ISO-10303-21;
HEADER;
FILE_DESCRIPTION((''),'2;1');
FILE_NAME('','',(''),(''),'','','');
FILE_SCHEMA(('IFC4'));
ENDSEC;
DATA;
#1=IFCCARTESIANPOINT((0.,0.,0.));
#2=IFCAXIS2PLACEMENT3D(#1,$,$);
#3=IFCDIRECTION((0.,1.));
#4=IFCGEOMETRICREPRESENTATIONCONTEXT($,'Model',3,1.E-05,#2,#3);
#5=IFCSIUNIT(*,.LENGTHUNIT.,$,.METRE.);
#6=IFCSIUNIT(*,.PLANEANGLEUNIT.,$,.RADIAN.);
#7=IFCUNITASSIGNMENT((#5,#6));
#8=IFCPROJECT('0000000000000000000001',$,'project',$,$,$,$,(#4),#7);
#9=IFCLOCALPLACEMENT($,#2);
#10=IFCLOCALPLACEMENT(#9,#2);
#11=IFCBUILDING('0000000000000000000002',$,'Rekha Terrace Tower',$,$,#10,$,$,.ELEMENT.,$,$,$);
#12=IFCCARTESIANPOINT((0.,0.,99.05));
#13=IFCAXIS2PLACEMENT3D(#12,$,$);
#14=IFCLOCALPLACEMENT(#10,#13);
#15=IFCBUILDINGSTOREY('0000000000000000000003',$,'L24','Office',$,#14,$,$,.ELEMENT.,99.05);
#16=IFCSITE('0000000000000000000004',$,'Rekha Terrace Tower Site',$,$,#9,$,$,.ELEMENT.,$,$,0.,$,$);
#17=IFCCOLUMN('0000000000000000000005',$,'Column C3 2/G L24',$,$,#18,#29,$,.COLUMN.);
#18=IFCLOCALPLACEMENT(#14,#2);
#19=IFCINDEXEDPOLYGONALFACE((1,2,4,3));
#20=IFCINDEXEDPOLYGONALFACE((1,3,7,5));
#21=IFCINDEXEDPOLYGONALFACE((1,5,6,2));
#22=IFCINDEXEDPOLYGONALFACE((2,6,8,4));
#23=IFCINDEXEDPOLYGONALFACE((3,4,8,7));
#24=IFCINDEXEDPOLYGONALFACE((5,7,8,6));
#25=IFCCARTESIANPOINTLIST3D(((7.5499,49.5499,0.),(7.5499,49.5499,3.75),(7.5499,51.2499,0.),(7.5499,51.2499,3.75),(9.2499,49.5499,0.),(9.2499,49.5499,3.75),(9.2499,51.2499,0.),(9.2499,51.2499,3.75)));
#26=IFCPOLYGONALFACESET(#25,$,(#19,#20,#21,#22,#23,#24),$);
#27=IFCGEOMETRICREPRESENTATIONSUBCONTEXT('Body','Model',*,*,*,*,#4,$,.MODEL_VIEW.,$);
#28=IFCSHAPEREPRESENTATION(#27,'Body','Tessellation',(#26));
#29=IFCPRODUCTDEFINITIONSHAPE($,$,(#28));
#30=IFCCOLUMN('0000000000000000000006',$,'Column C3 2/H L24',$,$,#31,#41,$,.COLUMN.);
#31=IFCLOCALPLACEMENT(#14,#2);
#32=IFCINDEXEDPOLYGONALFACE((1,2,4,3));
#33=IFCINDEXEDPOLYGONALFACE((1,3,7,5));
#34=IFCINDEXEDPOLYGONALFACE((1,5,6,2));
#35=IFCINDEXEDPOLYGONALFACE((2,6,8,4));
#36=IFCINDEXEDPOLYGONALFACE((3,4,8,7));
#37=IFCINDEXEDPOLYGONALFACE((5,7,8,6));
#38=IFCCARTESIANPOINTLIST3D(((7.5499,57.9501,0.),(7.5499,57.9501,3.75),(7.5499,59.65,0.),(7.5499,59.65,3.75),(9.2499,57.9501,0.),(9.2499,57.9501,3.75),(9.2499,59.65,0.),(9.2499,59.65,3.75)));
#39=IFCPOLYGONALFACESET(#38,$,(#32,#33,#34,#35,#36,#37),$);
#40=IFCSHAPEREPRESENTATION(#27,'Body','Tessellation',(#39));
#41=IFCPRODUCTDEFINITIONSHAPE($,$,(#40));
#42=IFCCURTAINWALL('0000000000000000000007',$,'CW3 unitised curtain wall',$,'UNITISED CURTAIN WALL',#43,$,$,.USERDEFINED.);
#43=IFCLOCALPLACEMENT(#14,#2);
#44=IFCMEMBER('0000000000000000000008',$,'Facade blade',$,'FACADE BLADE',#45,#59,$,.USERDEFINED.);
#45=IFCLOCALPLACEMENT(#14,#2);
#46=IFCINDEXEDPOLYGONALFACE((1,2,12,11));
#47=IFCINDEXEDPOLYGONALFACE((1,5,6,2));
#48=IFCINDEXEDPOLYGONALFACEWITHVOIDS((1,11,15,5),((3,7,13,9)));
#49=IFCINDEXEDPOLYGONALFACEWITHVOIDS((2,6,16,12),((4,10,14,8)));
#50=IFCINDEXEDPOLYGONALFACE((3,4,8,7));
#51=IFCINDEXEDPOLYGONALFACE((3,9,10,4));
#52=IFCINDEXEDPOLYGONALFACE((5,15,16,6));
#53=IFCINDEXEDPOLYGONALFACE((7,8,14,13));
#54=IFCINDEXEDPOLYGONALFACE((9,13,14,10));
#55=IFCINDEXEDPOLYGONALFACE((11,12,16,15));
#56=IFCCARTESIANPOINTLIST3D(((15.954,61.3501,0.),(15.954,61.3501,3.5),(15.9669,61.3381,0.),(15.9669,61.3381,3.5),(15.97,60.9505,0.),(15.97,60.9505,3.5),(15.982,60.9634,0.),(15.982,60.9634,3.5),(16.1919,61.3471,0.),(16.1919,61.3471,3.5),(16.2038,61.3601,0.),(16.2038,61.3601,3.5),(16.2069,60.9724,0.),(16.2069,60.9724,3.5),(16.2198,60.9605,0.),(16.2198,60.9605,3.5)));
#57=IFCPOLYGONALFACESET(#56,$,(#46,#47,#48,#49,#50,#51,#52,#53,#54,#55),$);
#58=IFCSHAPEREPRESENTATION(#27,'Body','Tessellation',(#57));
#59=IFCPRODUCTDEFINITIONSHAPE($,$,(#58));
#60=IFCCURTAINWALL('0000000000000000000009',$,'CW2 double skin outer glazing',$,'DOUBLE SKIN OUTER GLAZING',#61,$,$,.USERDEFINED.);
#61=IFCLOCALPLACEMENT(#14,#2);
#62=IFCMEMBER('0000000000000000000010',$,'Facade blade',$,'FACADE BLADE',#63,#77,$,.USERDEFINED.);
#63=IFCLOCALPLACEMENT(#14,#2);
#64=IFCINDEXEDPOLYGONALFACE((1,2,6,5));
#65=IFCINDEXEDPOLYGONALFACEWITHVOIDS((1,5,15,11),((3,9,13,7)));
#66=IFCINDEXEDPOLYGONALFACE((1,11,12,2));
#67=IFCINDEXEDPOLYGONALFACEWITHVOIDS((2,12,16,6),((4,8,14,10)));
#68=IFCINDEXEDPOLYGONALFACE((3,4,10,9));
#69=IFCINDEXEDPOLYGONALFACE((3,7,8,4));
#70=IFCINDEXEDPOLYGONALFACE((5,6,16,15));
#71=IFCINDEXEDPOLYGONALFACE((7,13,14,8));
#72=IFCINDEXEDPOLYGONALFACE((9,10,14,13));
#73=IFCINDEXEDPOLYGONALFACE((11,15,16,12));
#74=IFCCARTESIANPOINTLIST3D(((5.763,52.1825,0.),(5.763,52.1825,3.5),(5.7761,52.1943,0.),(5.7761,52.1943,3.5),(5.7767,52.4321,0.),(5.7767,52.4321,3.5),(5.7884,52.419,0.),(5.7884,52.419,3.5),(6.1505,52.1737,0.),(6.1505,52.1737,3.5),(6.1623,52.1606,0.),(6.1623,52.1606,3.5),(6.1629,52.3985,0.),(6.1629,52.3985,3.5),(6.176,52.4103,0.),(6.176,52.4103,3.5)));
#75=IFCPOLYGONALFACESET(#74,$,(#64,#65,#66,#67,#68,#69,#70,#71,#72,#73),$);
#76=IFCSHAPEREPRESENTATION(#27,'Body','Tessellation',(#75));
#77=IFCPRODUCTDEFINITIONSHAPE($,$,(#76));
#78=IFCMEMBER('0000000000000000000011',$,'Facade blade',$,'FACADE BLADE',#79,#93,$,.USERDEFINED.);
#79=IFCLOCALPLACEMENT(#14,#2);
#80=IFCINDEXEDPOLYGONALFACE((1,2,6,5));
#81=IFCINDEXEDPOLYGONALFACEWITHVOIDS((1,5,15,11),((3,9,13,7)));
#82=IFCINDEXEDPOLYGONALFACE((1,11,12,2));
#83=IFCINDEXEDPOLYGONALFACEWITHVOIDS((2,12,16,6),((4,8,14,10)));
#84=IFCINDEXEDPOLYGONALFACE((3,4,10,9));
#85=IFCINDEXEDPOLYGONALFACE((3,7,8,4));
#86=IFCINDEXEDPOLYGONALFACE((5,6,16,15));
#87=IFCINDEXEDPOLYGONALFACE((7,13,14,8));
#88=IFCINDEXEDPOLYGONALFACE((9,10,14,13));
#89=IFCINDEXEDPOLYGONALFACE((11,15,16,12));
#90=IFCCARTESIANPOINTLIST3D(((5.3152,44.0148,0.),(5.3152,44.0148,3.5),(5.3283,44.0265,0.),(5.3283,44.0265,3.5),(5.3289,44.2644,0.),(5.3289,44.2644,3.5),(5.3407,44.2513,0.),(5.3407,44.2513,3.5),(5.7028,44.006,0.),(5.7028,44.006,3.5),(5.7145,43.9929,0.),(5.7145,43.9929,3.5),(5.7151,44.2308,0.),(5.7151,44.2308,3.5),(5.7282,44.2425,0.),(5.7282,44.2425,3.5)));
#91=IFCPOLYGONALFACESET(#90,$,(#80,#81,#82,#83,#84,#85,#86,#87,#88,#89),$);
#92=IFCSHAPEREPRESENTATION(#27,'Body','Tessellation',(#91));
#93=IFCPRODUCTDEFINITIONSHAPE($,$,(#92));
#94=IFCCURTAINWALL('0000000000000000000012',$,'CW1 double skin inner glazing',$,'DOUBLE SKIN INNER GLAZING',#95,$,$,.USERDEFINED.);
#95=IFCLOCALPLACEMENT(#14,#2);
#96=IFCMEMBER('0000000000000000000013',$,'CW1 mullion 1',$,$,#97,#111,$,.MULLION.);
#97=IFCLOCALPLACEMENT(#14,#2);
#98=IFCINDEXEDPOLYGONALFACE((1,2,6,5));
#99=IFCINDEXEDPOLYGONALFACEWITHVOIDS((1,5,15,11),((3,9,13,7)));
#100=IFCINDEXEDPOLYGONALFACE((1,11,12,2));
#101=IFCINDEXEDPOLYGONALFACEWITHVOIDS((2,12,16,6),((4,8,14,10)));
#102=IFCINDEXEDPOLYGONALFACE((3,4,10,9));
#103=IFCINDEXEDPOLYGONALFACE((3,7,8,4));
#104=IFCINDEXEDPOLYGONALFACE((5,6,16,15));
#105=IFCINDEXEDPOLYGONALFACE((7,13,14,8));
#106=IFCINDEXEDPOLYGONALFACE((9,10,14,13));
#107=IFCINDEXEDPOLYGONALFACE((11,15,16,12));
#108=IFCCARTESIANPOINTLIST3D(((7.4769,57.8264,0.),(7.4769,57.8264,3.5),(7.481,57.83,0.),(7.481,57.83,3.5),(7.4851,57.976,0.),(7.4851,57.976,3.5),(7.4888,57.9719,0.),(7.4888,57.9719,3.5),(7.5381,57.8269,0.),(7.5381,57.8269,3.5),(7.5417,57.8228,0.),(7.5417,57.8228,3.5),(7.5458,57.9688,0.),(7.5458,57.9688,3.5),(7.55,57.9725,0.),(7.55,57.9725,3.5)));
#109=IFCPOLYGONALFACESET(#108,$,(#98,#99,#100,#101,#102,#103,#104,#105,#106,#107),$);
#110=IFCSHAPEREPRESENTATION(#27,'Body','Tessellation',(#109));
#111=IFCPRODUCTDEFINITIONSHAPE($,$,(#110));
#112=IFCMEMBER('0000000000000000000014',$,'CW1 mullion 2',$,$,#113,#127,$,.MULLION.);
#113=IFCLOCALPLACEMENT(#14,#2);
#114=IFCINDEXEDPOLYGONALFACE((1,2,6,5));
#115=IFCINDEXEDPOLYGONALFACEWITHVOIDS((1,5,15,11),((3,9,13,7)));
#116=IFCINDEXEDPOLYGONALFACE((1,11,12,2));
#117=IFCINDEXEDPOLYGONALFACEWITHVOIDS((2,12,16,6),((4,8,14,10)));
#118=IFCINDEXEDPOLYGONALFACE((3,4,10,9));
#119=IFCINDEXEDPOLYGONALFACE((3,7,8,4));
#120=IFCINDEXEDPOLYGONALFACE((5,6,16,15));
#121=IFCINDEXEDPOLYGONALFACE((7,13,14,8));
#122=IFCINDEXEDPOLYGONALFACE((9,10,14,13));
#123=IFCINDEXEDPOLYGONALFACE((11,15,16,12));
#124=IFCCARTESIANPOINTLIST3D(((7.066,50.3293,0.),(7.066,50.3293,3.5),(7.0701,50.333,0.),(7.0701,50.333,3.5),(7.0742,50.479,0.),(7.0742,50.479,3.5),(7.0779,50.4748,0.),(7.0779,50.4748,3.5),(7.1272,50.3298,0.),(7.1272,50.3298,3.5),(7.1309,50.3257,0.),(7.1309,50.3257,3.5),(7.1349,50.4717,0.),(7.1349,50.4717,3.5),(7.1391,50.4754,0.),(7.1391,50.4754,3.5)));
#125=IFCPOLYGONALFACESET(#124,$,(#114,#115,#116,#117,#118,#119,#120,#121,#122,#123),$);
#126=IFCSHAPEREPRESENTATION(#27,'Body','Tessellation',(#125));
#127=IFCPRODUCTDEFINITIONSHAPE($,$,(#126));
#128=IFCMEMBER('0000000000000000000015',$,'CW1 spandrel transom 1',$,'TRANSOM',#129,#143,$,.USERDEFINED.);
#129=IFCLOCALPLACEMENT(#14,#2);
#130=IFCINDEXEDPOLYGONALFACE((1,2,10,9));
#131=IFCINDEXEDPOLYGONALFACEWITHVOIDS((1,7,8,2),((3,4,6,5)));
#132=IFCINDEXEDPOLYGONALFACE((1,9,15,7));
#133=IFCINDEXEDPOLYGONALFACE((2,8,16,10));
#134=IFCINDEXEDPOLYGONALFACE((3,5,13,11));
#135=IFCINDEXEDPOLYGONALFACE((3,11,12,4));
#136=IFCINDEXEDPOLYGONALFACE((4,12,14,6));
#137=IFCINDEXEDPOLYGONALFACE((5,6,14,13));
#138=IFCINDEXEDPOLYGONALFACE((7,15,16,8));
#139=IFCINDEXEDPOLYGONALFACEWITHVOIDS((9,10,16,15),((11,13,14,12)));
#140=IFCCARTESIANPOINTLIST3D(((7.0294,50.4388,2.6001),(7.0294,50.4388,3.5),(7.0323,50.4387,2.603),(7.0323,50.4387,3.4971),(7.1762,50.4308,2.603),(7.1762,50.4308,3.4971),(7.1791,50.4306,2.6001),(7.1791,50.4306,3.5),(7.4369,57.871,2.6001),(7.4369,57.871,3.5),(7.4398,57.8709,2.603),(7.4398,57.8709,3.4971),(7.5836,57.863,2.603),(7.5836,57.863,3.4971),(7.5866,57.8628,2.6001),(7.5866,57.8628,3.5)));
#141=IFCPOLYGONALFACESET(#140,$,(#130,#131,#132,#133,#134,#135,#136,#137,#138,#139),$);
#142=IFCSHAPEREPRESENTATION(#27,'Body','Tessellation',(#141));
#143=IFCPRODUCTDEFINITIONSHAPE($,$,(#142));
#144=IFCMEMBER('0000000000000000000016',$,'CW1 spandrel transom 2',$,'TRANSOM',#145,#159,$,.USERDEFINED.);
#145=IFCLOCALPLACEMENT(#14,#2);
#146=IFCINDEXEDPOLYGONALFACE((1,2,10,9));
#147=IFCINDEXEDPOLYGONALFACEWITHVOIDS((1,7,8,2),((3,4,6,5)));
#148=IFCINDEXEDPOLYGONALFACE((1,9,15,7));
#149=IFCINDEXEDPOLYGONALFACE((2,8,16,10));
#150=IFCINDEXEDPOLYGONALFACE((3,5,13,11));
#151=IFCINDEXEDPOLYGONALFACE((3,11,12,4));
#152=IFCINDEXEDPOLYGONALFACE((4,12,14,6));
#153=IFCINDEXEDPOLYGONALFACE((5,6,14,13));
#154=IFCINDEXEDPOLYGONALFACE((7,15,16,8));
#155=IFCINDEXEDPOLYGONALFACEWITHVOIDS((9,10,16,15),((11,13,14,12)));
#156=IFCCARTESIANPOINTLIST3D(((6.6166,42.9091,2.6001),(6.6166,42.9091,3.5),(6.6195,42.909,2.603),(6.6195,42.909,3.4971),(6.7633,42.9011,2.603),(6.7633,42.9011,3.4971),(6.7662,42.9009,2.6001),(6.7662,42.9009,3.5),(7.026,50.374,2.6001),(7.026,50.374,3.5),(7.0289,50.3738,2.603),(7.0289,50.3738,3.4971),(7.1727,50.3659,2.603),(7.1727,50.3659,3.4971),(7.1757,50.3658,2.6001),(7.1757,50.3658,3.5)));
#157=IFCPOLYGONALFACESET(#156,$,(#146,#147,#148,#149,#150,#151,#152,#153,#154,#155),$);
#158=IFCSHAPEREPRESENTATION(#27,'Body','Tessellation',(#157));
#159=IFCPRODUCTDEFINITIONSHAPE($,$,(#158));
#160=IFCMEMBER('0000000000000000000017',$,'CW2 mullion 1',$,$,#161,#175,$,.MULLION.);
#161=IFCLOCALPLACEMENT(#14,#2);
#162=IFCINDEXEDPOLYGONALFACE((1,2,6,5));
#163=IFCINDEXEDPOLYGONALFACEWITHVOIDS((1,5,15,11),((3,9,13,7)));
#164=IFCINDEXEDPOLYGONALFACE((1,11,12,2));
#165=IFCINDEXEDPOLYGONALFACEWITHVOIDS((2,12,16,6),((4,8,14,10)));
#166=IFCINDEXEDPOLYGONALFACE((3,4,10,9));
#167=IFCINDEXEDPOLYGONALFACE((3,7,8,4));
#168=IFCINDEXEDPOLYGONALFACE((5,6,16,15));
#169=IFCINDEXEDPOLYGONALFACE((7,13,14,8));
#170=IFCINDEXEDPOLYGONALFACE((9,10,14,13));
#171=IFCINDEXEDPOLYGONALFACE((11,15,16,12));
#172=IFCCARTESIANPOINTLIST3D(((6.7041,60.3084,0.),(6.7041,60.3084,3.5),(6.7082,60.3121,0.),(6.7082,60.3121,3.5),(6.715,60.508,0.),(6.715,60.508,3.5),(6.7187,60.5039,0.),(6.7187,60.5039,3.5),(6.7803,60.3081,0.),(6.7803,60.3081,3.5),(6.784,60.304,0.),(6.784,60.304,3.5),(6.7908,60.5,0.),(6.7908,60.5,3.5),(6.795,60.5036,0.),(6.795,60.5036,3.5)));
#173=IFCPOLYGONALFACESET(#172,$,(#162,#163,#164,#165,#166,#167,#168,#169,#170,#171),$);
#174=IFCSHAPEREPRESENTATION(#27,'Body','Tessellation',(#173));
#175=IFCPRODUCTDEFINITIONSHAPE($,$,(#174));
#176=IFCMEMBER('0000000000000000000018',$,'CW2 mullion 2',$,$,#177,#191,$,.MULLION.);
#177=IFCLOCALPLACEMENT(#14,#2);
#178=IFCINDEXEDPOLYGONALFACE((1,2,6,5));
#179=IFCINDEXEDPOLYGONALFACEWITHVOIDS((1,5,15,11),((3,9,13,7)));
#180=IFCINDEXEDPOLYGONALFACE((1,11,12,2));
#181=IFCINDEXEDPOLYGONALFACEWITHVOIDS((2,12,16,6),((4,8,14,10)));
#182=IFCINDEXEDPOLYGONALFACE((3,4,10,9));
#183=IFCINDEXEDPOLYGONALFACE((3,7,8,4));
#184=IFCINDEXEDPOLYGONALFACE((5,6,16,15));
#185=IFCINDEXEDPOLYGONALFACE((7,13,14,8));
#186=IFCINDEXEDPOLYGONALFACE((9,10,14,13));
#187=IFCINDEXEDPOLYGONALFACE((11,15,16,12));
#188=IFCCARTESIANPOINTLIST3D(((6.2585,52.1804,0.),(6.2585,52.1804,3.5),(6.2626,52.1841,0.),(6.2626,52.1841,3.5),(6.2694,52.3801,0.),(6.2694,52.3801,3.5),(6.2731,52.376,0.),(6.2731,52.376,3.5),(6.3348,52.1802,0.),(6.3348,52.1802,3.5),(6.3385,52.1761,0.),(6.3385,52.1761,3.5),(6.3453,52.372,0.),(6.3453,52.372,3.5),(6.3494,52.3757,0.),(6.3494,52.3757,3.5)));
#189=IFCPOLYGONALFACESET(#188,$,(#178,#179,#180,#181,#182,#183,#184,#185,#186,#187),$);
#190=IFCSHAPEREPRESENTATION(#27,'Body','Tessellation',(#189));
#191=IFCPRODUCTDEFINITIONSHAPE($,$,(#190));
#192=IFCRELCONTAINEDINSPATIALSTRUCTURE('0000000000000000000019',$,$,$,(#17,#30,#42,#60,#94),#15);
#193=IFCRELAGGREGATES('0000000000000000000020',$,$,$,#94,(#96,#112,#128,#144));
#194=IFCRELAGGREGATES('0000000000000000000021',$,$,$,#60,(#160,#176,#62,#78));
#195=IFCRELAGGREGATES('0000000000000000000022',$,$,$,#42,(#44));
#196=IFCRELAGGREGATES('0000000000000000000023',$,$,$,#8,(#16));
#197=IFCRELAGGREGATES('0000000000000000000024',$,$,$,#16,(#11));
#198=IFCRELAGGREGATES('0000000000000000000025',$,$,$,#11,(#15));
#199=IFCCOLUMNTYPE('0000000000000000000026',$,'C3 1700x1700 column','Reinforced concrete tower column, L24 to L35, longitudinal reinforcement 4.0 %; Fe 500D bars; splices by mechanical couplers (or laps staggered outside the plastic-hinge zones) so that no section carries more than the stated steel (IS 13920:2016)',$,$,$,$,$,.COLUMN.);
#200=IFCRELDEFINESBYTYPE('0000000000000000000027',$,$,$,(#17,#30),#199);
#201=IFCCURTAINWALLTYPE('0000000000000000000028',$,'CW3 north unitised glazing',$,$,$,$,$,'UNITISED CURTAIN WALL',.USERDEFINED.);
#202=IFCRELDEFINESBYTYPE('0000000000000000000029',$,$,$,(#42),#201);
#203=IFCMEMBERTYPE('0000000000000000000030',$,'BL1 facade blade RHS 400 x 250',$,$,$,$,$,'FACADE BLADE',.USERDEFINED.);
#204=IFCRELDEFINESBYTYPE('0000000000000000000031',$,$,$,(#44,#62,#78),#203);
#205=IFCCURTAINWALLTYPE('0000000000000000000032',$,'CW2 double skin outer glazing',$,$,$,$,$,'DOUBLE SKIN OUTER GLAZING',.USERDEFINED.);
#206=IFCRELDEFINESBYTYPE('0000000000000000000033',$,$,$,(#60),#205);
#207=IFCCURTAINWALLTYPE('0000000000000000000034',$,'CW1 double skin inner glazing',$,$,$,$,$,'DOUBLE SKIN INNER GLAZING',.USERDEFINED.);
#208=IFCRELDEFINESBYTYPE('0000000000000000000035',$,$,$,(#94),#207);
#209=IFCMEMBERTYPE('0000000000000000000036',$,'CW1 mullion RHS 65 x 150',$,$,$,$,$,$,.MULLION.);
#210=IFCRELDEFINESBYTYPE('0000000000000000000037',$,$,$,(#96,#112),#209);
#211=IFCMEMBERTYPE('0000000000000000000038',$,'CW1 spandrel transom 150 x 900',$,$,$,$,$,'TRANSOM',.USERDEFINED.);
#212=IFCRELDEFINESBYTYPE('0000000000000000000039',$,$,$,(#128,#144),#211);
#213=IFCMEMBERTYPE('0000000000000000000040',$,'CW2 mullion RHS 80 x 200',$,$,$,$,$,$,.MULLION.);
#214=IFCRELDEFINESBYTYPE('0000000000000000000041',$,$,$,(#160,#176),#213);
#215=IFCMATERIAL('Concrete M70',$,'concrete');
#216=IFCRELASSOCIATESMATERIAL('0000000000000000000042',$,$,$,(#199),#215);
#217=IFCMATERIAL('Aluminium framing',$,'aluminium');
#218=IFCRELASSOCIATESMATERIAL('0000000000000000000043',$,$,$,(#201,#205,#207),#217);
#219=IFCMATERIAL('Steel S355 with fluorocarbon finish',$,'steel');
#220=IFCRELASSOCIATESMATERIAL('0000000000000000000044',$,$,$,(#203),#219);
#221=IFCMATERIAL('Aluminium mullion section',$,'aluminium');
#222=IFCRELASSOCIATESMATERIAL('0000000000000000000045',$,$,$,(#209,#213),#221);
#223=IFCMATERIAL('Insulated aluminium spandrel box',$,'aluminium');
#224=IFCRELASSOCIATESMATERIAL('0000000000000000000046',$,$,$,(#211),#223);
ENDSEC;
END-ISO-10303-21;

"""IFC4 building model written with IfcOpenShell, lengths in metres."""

from ifc_helpers import new_model, si_unit, direction, frame, origin, origin_2d, place, context, subcontext, project, spatial, rectangle, hollow_rectangle, extrude, material, material_profile, profile_set, type_object, element, aggregate, save


model = new_model("IFC4")

# Units and contexts
model_context = context("Model", 3, precision=1e-05, world=origin(), true_north=direction((0.0, 1.0)))
body_context = subcontext(model_context, "Body", "Model", "MODEL_VIEW")
ifc_project = project(units=[si_unit("LENGTHUNIT", "METRE"), si_unit("PLANEANGLEUNIT", "RADIAN")], contexts=[model_context])

# Site, building, storey
site_placement = place(None, origin())
site = spatial("IfcSite", under=ifc_project, at=site_placement, Name="Rekha Terrace Tower Site", CompositionType="ELEMENT", RefElevation=0.0)
building_placement = place(site_placement, origin())
building = spatial("IfcBuilding", under=site, at=building_placement, Name="Rekha Terrace Tower", CompositionType="ELEMENT")
storey_placement = place(building_placement, frame((0.0, 0.0, 99.05)))
storey = spatial("IfcBuildingStorey", under=building, at=storey_placement, Name="L24", Description="Office", CompositionType="ELEMENT", Elevation=99.05)

# Columns
ifc_material_1 = material(Name="Concrete M70", Category="concrete")
ifc_material_profile_1 = material_profile(ifc_material_1, rectangle(XDim=1.7, YDim=1.7, at=origin_2d()), Name="RC 1700x1700")
ifc_profile_set_1 = profile_set([ifc_material_profile_1], Name="Concrete M70")
column_type = type_object("IfcColumnType", Name="C3 1700x1700 column", Description="Reinforced concrete tower column, L24 to L35, longitudinal reinforcement 4.0 %; Fe 500D bars; splices by mechanical couplers (or laps staggered outside the plastic-hinge zones) so that no section carries more than the stated steel (IS 13920:2016)", PredefinedType="COLUMN", material=ifc_profile_set_1)
for number, where, z_axis, x_axis, name in (
    (1, (8.3999, 50.3999, 0.0), (0.0, 0.0, 1.0), (1.0, 0.0, 0.0), "Column C3 2/G L24"),
    (2, (8.3999, 58.8, 0.0), (0.0, 0.0, 1.0), (1.0, 0.0, 0.0), "Column C3 2/H L24"),
):
    element("IfcColumn", number, at=place(storey_placement, frame(where, z_axis=z_axis, x_axis=x_axis)), inside=storey, type_object=column_type, Name=name, PredefinedType="COLUMN", context=body_context, shape_type="SweptSolid", body=[
        extrude(rectangle(XDim=1.7, YDim=1.7, at=origin_2d()), origin(), (0.0, 0.0, 1.0), 3.75),
    ])

# Curtain wall, member
ifc_material_2 = material(Name="Aluminium framing", Category="aluminium")
curtain_wall_type_1 = type_object("IfcCurtainWallType", Name="CW3 north unitised glazing", ElementType="UNITISED CURTAIN WALL", PredefinedType="USERDEFINED", material=ifc_material_2)
curtain_wall_1_placement = place(storey_placement, origin())
curtain_wall_1 = element("IfcCurtainWall", 3, at=curtain_wall_1_placement, inside=storey, type_object=curtain_wall_type_1, Name="CW3 unitised curtain wall", ObjectType="UNITISED CURTAIN WALL", PredefinedType="USERDEFINED")
ifc_material_3 = material(Name="Steel S355 with fluorocarbon finish", Category="steel")
ifc_material_profile_2 = material_profile(ifc_material_3, hollow_rectangle(XDim=0.25, YDim=0.3999, WallThickness=0.0125, at=origin_2d()), Name="RHS400x250x12.5")
ifc_profile_set_2 = profile_set([ifc_material_profile_2], Name="Steel S355 with fluorocarbon finish")
member_type_1 = type_object("IfcMemberType", Name="BL1 facade blade RHS 400 x 250", ElementType="FACADE BLADE", PredefinedType="USERDEFINED", material=ifc_profile_set_2)
member_1_placement = place(storey_placement, frame((16.0869, 61.1553, 0.0), z_axis=(0.0, 0.0, 1.0), x_axis=(-0.999198, -0.040032, 0.0)))
member_1 = element("IfcMember", 4, at=member_1_placement, type_object=member_type_1, Name="Facade blade", ObjectType="FACADE BLADE", PredefinedType="USERDEFINED", context=body_context, shape_type="SweptSolid", body=[
    extrude(hollow_rectangle(XDim=0.25, YDim=0.3999, WallThickness=0.0125, at=origin_2d()), origin(), (0.0, 0.0, 1.0), 3.5),
])

# Curtain walls, members
curtain_wall_type_2 = type_object("IfcCurtainWallType", Name="CW2 double skin outer glazing", ElementType="DOUBLE SKIN OUTER GLAZING", PredefinedType="USERDEFINED", material=ifc_material_2)
curtain_wall_2_placement = place(storey_placement, origin())
curtain_wall_2 = element("IfcCurtainWall", 5, at=curtain_wall_2_placement, inside=storey, type_object=curtain_wall_type_2, Name="CW2 double skin outer glazing", ObjectType="DOUBLE SKIN OUTER GLAZING", PredefinedType="USERDEFINED")
member_2_placement = place(storey_placement, frame((5.9695, 52.2964, 0.0), z_axis=(0.0, 0.0, 1.0), x_axis=(-0.054743, -0.9985, 0.0)))
member_2 = element("IfcMember", 6, at=member_2_placement, type_object=member_type_1, Name="Facade blade", ObjectType="FACADE BLADE", PredefinedType="USERDEFINED", context=body_context, shape_type="SweptSolid", body=[
    extrude(hollow_rectangle(XDim=0.25, YDim=0.3999, WallThickness=0.0125, at=origin_2d()), origin(), (0.0, 0.0, 1.0), 3.5),
])
member_3_placement = place(storey_placement, frame((5.5217, 44.1287, 0.0), z_axis=(0.0, 0.0, 1.0), x_axis=(-0.054743, -0.9985, 0.0)))
member_3 = element("IfcMember", 7, at=member_3_placement, type_object=member_type_1, Name="Facade blade", ObjectType="FACADE BLADE", PredefinedType="USERDEFINED", context=body_context, shape_type="SweptSolid", body=[
    extrude(hollow_rectangle(XDim=0.25, YDim=0.3999, WallThickness=0.0125, at=origin_2d()), origin(), (0.0, 0.0, 1.0), 3.5),
])
curtain_wall_type_3 = type_object("IfcCurtainWallType", Name="CW1 double skin inner glazing", ElementType="DOUBLE SKIN INNER GLAZING", PredefinedType="USERDEFINED", material=ifc_material_2)
curtain_wall_3_placement = place(storey_placement, origin())
curtain_wall_3 = element("IfcCurtainWall", 8, at=curtain_wall_3_placement, inside=storey, type_object=curtain_wall_type_3, Name="CW1 double skin inner glazing", ObjectType="DOUBLE SKIN INNER GLAZING", PredefinedType="USERDEFINED")
ifc_material_4 = material(Name="Aluminium mullion section", Category="aluminium")
ifc_material_profile_3 = material_profile(ifc_material_4, hollow_rectangle(XDim=0.0649, YDim=0.1499, WallThickness=0.0039, at=origin_2d()), Name="AL RHS 65x150")
ifc_profile_set_3 = profile_set([ifc_material_profile_3], Name="Aluminium mullion section")
member_type_2 = type_object("IfcMemberType", Name="CW1 mullion RHS 65 x 150", PredefinedType="MULLION", material=ifc_profile_set_3)
member_4_placement = place(storey_placement, frame((7.5134, 57.8994, 0.0), z_axis=(0.0, 0.0, 1.0), x_axis=(0.998501, -0.054742, 0.0)))
member_4 = element("IfcMember", 9, at=member_4_placement, type_object=member_type_2, Name="CW1 mullion 1", PredefinedType="MULLION", context=body_context, shape_type="SweptSolid", body=[
    extrude(hollow_rectangle(XDim=0.0649, YDim=0.1499, WallThickness=0.0039, at=origin_2d()), origin(), (0.0, 0.0, 1.0), 3.5),
])
member_5_placement = place(storey_placement, frame((7.1025, 50.4023, 0.0), z_axis=(0.0, 0.0, 1.0), x_axis=(0.998501, -0.054742, 0.0)))
member_5 = element("IfcMember", 10, at=member_5_placement, type_object=member_type_2, Name="CW1 mullion 2", PredefinedType="MULLION", context=body_context, shape_type="SweptSolid", body=[
    extrude(hollow_rectangle(XDim=0.0649, YDim=0.1499, WallThickness=0.0039, at=origin_2d()), origin(), (0.0, 0.0, 1.0), 3.5),
])
ifc_material_5 = material(Name="Insulated aluminium spandrel box", Category="aluminium")
ifc_material_profile_4 = material_profile(ifc_material_5, hollow_rectangle(XDim=0.1499, YDim=0.8999, WallThickness=0.0029, at=origin_2d()), Name="AL SPANDREL BOX 150x900")
ifc_profile_set_4 = profile_set([ifc_material_profile_4], Name="Insulated aluminium spandrel box")
member_type_3 = type_object("IfcMemberType", Name="CW1 spandrel transom 150 x 900", ElementType="TRANSOM", PredefinedType="USERDEFINED", material=ifc_profile_set_4)
member_6_placement = place(storey_placement, frame((7.5117, 57.8669, 3.05), z_axis=(-0.054743, -0.9985, 0.0), x_axis=(0.9985, -0.054743, 0.0)))
member_6 = element("IfcMember", 11, at=member_6_placement, type_object=member_type_3, Name="CW1 spandrel transom 1", ObjectType="TRANSOM", PredefinedType="USERDEFINED", context=body_context, shape_type="SweptSolid", body=[
    extrude(hollow_rectangle(XDim=0.1499, YDim=0.8999, WallThickness=0.0029, at=origin_2d()), origin(), (0.0, 0.0, 1.0), 7.4434),
])
member_7_placement = place(storey_placement, frame((7.1008, 50.3699, 3.05), z_axis=(-0.054765, -0.998499, 0.0), x_axis=(0.998499, -0.054765, 0.0)))
member_7 = element("IfcMember", 12, at=member_7_placement, type_object=member_type_3, Name="CW1 spandrel transom 2", ObjectType="TRANSOM", PredefinedType="USERDEFINED", context=body_context, shape_type="SweptSolid", body=[
    extrude(hollow_rectangle(XDim=0.1499, YDim=0.8999, WallThickness=0.0029, at=origin_2d()), origin(), (0.0, 0.0, 1.0), 7.4761),
])

# Members
ifc_material_profile_5 = material_profile(ifc_material_4, hollow_rectangle(XDim=0.0801, YDim=0.2, WallThickness=0.0039, at=origin_2d()), Name="AL RHS 80x200")
ifc_profile_set_5 = profile_set([ifc_material_profile_5], Name="Aluminium mullion section")
member_type_4 = type_object("IfcMemberType", Name="CW2 mullion RHS 80 x 200", PredefinedType="MULLION", material=ifc_profile_set_5)
member_8_placement = place(storey_placement, frame((6.7495, 60.406, 0.0), z_axis=(0.0, 0.0, 1.0), x_axis=(0.998501, -0.054742, 0.0)))
member_8 = element("IfcMember", 13, at=member_8_placement, type_object=member_type_4, Name="CW2 mullion 1", PredefinedType="MULLION", context=body_context, shape_type="SweptSolid", body=[
    extrude(hollow_rectangle(XDim=0.0801, YDim=0.2, WallThickness=0.0039, at=origin_2d()), origin(), (0.0, 0.0, 1.0), 3.5),
])
member_9_placement = place(storey_placement, frame((6.304, 52.2781, 0.0), z_axis=(0.0, 0.0, 1.0), x_axis=(0.998501, -0.054742, 0.0)))
member_9 = element("IfcMember", 14, at=member_9_placement, type_object=member_type_4, Name="CW2 mullion 2", PredefinedType="MULLION", context=body_context, shape_type="SweptSolid", body=[
    extrude(hollow_rectangle(XDim=0.0801, YDim=0.2, WallThickness=0.0039, at=origin_2d()), origin(), (0.0, 0.0, 1.0), 3.5),
])

aggregate(curtain_wall_3, [member_4, member_5, member_6, member_7])
aggregate(curtain_wall_2, [member_8, member_9, member_2, member_3])
aggregate(curtain_wall_1, [member_1])

save(model, "model.ifc")
